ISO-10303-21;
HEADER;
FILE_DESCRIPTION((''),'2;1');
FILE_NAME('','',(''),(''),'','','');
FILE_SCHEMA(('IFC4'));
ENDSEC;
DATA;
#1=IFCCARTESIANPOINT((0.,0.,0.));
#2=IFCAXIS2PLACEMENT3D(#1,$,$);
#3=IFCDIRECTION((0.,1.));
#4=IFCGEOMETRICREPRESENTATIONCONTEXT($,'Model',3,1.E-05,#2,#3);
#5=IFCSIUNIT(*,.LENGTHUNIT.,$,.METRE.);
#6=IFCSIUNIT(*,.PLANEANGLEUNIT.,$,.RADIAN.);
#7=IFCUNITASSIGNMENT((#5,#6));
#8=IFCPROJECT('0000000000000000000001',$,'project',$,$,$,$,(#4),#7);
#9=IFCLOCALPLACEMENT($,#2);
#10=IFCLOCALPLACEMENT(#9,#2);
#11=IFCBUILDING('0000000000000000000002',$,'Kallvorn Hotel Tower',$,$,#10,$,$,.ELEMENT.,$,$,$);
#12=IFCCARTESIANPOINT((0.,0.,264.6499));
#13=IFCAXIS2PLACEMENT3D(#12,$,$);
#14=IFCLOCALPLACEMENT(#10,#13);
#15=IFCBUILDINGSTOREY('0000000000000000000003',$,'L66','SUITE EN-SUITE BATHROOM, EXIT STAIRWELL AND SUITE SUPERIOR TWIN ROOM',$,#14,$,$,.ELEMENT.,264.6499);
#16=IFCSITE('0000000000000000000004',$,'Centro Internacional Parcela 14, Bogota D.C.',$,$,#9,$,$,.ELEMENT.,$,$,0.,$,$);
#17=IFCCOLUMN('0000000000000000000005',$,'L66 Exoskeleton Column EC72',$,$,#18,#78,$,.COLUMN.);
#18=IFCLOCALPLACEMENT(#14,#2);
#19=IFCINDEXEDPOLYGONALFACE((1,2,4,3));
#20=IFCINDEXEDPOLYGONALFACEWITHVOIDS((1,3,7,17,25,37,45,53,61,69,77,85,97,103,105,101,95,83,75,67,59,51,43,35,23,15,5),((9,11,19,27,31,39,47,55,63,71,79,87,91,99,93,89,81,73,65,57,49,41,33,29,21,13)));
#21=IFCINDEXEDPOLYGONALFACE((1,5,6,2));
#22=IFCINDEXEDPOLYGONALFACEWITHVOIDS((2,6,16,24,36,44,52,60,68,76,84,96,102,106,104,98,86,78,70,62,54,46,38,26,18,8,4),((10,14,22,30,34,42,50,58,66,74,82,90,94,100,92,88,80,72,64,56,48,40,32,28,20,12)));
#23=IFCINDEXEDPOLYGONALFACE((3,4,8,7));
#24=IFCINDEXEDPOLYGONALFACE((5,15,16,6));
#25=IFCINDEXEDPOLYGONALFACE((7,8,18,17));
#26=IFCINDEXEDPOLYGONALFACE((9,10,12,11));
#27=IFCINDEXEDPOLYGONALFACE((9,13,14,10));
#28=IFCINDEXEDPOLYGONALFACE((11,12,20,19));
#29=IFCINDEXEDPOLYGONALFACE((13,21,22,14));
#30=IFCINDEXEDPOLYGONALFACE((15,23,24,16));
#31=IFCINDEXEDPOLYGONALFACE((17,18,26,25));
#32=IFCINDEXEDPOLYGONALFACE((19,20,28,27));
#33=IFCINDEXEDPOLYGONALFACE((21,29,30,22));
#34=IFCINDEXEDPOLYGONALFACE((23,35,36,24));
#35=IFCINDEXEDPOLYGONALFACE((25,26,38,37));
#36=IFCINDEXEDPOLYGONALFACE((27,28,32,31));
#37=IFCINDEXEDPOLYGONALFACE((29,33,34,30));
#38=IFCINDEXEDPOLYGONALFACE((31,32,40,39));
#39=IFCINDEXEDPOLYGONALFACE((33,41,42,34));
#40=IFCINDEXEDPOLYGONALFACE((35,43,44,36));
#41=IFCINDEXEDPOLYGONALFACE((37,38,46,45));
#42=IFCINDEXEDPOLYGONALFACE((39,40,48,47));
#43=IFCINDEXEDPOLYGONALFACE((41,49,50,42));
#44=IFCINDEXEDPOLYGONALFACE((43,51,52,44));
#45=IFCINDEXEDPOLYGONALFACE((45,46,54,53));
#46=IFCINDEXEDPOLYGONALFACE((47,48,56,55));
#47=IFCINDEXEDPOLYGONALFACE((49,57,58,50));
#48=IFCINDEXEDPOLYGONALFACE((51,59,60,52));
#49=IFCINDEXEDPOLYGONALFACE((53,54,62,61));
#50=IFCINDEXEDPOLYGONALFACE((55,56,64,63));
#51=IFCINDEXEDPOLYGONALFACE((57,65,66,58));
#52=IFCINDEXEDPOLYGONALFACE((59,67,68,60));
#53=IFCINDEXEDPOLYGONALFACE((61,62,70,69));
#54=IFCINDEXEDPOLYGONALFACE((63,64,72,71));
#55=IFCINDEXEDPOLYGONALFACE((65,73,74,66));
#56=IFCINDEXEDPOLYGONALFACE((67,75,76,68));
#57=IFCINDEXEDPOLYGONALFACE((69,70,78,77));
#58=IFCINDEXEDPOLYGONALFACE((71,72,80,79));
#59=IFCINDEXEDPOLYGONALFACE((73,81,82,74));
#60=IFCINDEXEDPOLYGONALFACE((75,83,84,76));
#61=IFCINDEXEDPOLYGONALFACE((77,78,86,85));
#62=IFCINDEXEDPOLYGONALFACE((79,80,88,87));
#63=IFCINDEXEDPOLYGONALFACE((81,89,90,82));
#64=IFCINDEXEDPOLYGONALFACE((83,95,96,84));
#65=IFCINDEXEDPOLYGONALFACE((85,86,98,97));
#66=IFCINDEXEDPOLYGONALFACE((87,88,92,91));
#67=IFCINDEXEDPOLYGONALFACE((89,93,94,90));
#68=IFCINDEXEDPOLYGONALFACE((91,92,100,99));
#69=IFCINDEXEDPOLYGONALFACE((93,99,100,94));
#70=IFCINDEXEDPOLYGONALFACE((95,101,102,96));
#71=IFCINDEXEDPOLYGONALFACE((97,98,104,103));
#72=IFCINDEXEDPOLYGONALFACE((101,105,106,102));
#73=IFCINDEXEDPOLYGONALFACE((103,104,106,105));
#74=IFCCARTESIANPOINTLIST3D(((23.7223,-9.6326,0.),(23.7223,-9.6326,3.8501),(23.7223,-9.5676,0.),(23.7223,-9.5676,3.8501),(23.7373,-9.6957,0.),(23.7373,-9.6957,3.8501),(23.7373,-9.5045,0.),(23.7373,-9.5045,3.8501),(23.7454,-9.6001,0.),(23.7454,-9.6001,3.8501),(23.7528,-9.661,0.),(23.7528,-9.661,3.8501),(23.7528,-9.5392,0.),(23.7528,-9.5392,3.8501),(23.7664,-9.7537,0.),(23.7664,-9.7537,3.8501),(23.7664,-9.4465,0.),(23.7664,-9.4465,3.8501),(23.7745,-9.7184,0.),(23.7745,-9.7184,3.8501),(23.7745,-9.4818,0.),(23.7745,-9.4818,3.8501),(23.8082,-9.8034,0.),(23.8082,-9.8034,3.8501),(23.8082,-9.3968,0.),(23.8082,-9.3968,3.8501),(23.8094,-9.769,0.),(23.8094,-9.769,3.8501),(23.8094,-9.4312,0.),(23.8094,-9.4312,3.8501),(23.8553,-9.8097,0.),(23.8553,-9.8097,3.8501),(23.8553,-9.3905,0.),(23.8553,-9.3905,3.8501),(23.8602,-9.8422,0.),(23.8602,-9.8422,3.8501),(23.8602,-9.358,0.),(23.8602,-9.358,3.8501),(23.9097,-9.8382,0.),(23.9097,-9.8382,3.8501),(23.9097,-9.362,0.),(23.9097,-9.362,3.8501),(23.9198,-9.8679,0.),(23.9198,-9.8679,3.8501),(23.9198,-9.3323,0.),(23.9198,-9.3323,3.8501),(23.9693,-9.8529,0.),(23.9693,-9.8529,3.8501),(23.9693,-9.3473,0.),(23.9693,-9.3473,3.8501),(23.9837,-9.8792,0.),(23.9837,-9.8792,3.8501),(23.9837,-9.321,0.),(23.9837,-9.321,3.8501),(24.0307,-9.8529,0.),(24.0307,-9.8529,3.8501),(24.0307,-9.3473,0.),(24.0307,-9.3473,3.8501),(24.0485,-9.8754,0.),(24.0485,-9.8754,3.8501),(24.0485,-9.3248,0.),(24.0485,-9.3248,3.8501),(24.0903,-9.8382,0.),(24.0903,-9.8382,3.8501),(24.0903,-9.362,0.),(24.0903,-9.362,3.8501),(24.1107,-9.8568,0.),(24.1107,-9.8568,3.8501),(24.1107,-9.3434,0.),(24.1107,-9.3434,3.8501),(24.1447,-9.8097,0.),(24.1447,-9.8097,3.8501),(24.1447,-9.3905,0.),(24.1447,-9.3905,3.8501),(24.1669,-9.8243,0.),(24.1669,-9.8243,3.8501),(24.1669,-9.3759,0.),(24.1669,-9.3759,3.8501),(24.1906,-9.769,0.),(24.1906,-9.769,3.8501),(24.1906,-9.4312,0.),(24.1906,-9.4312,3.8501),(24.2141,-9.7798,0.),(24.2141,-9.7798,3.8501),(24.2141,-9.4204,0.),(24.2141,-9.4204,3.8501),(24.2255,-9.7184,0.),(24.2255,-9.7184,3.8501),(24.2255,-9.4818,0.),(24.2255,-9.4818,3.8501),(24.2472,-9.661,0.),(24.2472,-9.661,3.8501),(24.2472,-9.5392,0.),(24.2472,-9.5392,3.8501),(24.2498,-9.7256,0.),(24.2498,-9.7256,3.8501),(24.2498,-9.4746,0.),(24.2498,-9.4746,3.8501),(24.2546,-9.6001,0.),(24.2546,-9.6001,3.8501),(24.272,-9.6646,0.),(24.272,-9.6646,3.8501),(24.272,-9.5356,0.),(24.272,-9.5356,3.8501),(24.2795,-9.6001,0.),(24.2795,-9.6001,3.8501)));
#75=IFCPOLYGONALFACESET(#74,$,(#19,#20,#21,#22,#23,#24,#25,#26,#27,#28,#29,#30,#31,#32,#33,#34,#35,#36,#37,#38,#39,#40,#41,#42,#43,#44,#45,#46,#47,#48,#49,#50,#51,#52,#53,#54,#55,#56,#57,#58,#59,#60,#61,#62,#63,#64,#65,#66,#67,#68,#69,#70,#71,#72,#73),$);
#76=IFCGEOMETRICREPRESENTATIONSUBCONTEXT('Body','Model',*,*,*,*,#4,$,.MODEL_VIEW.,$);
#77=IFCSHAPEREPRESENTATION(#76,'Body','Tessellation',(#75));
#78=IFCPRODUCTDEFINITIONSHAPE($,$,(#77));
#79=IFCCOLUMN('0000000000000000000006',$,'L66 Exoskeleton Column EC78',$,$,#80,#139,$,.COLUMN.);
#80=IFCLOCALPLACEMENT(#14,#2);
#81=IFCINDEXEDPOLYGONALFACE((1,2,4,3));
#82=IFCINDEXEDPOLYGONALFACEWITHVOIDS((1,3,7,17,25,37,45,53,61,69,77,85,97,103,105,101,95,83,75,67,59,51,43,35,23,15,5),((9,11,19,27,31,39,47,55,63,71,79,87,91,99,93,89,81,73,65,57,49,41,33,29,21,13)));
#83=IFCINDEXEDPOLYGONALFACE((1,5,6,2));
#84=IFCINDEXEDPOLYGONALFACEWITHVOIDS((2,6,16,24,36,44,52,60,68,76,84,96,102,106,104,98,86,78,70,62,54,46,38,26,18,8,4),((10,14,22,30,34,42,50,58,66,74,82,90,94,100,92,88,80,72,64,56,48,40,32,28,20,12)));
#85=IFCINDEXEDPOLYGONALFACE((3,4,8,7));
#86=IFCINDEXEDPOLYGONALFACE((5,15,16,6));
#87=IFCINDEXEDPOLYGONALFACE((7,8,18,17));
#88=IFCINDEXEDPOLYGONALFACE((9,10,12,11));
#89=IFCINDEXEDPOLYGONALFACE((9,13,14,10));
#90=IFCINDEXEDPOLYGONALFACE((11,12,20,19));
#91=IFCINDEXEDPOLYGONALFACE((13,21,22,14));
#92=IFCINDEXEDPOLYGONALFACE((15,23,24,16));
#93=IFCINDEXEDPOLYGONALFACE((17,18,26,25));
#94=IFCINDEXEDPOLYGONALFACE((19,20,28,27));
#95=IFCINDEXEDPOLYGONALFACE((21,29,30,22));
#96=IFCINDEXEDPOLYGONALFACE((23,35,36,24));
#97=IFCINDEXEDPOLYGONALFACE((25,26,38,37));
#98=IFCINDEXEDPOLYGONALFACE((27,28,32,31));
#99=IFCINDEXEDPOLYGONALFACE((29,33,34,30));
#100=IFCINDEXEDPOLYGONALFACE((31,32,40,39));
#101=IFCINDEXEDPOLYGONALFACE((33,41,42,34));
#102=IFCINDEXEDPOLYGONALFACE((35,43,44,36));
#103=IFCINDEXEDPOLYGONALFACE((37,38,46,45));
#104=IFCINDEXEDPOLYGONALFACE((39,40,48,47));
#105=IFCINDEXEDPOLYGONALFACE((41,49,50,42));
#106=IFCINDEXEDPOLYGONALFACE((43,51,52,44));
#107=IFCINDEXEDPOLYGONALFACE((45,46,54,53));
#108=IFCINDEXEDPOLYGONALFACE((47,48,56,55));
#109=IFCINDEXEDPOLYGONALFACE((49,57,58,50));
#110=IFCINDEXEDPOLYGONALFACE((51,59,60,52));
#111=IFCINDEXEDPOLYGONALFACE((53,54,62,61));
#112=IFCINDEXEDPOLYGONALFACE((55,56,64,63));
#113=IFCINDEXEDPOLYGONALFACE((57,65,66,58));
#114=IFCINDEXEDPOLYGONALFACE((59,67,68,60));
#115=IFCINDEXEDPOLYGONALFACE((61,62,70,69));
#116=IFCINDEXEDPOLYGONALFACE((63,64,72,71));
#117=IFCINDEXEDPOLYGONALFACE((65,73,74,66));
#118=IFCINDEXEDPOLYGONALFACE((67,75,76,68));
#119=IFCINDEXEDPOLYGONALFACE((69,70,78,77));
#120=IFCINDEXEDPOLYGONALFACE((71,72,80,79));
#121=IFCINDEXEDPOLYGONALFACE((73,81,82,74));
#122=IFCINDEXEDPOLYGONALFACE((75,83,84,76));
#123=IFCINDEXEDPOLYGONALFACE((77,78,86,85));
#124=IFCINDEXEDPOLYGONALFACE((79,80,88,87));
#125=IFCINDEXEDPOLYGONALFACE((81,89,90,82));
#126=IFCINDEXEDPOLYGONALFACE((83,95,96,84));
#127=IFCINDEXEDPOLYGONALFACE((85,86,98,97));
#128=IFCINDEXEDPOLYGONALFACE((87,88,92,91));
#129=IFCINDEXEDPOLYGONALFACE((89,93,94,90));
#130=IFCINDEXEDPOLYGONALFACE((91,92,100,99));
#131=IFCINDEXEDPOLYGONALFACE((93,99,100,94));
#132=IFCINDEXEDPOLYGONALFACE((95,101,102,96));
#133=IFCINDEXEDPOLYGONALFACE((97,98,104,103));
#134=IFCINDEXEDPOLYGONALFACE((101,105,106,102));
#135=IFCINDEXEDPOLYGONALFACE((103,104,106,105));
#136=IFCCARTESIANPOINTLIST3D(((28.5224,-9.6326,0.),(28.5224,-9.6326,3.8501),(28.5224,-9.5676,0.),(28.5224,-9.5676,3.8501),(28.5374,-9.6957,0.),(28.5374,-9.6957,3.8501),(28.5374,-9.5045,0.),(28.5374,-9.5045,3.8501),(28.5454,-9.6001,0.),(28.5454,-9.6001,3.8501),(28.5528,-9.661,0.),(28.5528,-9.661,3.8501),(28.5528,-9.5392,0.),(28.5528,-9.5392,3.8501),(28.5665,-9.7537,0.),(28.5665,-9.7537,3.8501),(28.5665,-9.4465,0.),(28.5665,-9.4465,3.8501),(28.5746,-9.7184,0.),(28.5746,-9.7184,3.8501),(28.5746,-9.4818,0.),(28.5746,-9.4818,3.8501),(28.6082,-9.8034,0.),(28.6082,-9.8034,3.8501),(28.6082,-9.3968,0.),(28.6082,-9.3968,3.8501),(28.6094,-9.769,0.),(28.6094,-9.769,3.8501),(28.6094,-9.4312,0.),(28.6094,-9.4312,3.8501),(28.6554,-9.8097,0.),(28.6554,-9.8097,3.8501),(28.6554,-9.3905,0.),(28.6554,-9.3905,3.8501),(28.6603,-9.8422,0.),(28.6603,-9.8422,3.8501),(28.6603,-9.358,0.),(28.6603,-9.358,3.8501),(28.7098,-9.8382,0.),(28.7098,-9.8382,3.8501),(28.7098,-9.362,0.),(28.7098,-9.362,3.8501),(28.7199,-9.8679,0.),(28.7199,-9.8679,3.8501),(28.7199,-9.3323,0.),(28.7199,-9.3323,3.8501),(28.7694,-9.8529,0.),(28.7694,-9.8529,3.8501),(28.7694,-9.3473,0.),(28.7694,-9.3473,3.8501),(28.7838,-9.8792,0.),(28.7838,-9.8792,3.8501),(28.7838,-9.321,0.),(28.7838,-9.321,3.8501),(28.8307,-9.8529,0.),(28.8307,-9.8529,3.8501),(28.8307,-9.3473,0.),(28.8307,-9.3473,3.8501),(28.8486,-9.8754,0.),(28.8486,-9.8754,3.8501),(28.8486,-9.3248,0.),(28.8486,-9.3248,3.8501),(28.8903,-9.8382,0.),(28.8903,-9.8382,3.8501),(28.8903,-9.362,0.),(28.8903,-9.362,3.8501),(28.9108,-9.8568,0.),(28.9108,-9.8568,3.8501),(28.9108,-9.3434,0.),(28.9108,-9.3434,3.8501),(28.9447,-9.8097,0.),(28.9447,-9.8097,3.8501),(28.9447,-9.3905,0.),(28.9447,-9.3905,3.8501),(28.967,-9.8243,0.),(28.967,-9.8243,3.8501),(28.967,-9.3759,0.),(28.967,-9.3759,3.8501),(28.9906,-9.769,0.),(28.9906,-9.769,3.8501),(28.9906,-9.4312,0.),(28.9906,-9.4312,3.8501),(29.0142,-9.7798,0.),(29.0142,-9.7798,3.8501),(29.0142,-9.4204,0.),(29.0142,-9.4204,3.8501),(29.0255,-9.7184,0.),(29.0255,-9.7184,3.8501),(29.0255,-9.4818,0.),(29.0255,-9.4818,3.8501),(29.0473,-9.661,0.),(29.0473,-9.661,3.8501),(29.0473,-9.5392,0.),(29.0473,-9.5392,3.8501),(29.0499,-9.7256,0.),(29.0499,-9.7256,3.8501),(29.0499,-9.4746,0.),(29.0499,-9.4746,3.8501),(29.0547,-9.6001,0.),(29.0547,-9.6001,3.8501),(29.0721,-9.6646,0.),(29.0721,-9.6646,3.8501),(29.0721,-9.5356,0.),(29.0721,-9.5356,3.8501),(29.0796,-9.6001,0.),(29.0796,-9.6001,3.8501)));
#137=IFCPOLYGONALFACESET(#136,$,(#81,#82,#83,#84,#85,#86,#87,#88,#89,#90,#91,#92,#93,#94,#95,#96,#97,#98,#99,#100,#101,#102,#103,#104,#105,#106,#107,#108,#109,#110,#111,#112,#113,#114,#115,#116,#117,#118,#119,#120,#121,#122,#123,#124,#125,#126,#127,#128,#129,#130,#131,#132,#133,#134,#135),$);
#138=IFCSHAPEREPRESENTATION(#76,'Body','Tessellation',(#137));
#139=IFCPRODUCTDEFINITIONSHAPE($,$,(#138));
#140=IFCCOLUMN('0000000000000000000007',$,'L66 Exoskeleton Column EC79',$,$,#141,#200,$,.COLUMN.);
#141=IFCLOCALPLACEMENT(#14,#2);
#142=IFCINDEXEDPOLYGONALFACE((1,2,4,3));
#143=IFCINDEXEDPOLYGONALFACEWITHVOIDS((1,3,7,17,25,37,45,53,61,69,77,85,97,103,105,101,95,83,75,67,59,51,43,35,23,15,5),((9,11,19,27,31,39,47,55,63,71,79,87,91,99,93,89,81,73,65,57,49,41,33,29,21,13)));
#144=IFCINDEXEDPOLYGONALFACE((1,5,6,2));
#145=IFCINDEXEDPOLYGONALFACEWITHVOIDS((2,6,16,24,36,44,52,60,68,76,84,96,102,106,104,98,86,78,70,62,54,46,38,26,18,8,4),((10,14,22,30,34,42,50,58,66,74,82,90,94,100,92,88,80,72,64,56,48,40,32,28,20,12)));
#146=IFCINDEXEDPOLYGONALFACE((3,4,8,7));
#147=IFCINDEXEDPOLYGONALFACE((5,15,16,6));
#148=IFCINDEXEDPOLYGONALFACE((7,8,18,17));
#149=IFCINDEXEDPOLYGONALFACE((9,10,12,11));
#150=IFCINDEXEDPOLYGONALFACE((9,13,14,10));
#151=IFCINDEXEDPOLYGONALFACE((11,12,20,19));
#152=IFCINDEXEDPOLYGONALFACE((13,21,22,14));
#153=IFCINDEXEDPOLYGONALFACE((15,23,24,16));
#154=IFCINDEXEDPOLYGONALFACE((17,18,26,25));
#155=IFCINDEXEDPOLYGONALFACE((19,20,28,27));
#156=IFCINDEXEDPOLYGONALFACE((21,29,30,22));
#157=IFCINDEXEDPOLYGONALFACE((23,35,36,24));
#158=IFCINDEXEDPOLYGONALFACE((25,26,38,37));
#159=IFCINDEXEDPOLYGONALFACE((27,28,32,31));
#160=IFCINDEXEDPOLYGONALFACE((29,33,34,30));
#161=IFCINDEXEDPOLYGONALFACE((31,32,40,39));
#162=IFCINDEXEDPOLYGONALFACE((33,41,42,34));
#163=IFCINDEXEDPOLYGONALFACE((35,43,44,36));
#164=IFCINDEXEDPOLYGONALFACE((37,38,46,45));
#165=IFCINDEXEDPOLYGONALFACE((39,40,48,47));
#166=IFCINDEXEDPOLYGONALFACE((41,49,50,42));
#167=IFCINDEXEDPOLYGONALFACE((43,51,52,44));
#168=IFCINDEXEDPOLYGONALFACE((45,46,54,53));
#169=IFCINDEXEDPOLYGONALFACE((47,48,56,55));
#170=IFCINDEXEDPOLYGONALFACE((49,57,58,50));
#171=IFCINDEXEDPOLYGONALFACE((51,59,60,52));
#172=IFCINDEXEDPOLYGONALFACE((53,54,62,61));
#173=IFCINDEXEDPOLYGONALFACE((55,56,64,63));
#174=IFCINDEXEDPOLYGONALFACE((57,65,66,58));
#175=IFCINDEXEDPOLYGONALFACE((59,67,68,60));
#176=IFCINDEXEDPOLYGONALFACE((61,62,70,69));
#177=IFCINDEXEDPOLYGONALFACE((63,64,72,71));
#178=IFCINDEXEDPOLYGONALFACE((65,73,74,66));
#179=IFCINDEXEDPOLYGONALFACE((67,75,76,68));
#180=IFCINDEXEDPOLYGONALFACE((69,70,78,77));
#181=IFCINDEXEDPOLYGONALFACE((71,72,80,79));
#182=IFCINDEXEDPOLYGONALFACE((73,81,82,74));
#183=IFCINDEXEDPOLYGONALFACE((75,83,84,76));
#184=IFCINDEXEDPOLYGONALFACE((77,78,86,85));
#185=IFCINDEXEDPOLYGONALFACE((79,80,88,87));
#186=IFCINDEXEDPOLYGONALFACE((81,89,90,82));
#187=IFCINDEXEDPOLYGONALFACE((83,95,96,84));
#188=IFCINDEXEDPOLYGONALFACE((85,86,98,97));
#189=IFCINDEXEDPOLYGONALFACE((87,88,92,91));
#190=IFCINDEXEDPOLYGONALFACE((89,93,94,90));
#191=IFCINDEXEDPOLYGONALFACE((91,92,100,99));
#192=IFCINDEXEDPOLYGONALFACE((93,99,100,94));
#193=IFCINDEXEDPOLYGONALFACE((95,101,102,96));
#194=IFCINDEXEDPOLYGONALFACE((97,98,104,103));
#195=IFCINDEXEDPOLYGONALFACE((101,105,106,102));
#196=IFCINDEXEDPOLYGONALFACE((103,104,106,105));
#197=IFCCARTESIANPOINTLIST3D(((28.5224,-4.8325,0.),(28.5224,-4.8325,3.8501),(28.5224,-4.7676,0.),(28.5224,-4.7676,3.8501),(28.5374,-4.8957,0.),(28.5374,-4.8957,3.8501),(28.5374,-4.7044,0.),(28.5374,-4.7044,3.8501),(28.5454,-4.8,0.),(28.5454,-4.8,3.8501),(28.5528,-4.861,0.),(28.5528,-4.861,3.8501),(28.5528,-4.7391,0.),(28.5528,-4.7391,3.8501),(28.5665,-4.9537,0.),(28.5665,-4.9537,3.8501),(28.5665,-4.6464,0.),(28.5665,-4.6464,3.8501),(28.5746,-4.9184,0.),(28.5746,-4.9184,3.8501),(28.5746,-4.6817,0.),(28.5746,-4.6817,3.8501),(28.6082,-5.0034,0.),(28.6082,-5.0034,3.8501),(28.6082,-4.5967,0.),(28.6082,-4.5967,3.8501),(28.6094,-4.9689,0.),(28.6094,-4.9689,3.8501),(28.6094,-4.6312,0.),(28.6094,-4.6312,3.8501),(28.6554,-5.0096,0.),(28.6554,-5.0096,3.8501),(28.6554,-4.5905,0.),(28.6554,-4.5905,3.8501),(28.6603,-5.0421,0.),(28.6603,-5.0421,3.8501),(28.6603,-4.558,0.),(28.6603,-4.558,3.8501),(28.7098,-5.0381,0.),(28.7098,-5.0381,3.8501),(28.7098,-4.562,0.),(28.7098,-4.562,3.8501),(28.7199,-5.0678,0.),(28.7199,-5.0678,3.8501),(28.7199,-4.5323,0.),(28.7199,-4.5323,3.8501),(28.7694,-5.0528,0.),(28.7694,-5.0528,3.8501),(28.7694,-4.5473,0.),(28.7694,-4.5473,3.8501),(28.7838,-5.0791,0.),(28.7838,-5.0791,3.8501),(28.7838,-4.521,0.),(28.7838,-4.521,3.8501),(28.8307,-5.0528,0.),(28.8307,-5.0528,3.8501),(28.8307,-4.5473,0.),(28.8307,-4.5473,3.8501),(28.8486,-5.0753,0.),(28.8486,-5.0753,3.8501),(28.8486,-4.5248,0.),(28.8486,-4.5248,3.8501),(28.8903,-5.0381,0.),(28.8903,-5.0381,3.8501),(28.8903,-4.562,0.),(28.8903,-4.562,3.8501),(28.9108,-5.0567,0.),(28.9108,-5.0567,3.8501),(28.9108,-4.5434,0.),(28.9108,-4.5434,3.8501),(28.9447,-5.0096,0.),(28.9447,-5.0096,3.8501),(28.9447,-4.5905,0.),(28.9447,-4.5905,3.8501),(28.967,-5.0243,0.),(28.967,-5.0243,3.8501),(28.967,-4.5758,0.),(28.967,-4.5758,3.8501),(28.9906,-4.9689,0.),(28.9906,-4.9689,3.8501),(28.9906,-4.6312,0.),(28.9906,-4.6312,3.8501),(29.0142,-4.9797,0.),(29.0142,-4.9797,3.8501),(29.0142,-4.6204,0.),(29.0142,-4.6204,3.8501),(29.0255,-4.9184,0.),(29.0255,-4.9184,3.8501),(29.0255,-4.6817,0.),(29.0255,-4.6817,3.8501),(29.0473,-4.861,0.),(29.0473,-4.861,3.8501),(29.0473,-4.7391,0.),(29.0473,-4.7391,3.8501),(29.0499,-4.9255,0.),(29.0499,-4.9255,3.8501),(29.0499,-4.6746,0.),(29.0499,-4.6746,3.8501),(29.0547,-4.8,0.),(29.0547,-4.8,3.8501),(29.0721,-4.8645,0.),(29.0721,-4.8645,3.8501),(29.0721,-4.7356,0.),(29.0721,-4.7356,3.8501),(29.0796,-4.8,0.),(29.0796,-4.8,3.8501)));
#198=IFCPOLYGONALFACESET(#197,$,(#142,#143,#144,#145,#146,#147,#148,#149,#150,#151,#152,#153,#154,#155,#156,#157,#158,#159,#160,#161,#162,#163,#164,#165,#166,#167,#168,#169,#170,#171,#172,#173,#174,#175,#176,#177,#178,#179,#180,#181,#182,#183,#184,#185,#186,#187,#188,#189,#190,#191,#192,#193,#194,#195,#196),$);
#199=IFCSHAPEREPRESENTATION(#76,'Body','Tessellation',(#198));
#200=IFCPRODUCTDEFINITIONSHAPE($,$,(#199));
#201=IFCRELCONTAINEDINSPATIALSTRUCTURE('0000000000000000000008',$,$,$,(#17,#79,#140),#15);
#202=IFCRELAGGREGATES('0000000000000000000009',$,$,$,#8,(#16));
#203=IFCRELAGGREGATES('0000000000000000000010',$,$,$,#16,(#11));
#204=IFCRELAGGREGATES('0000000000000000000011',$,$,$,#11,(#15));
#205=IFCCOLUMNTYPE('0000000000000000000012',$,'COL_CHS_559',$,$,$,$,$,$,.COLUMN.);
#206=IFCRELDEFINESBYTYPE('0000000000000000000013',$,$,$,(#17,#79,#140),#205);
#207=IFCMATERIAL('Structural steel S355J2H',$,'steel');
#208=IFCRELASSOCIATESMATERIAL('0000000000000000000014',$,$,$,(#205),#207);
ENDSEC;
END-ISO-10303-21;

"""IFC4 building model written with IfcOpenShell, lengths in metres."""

from ifc_helpers import new_model, si_unit, direction, frame, origin, origin_2d, place, context, subcontext, project, spatial, hollow_circle, extrude, material, material_profile, profile_set, type_object, element, save


model = new_model("IFC4")

# Units and contexts
model_context = context("Model", 3, precision=1e-05, world=origin(), true_north=direction((0.0, 1.0)))
body_context = subcontext(model_context, "Body", "Model", "MODEL_VIEW")
ifc_project = project(units=[si_unit("LENGTHUNIT", "METRE"), si_unit("PLANEANGLEUNIT", "RADIAN")], contexts=[model_context])

# Site, building, storey
site_placement = place(None, origin())
site = spatial("IfcSite", under=ifc_project, at=site_placement, Name="Centro Internacional Parcela 14, Bogota D.C.", CompositionType="ELEMENT", RefElevation=0.0)
building_placement = place(site_placement, origin())
building = spatial("IfcBuilding", under=site, at=building_placement, Name="Kallvorn Hotel Tower", CompositionType="ELEMENT")
storey_placement = place(building_placement, frame((0.0, 0.0, 264.6499)))
storey = spatial("IfcBuildingStorey", under=building, at=storey_placement, Name="L66", Description="SUITE EN-SUITE BATHROOM, EXIT STAIRWELL AND SUITE SUPERIOR TWIN ROOM", CompositionType="ELEMENT", Elevation=264.6499)

# Columns
ifc_material_1 = material(Name="Structural steel S355J2H", Category="steel")
ifc_material_profile_1 = material_profile(ifc_material_1, hollow_circle(Radius=0.2795, WallThickness=0.0249, at=origin_2d()), Name="CHS 559x25")
ifc_profile_set_1 = profile_set([ifc_material_profile_1], Name="Structural steel S355J2H")
column_type_1 = type_object("IfcColumnType", Name="COL_CHS_559", PredefinedType="COLUMN", material=ifc_profile_set_1)
for number, where, z_axis, x_axis, name in (
    (1, (24.0, -9.6001, 0.0), (0.0, 0.0, 1.0), (1.0, 0.0, 0.0), "L66 Exoskeleton Column EC72"),
    (2, (28.8, -9.6001, 0.0), (0.0, 0.0, 1.0), (1.0, 0.0, 0.0), "L66 Exoskeleton Column EC78"),
    (3, (28.8, -4.8, 0.0), (0.0, 0.0, 1.0), (1.0, 0.0, 0.0), "L66 Exoskeleton Column EC79"),
):
    element("IfcColumn", number, at=place(storey_placement, frame(where, z_axis=z_axis, x_axis=x_axis)), inside=storey, type_object=column_type_1, Name=name, PredefinedType="COLUMN", context=body_context, shape_type="SweptSolid", body=[
        extrude(hollow_circle(Radius=0.2795, WallThickness=0.0249, at=origin_2d()), origin(), (0.0, 0.0, 1.0), 3.8501),
    ])

save(model, "model.ifc")
